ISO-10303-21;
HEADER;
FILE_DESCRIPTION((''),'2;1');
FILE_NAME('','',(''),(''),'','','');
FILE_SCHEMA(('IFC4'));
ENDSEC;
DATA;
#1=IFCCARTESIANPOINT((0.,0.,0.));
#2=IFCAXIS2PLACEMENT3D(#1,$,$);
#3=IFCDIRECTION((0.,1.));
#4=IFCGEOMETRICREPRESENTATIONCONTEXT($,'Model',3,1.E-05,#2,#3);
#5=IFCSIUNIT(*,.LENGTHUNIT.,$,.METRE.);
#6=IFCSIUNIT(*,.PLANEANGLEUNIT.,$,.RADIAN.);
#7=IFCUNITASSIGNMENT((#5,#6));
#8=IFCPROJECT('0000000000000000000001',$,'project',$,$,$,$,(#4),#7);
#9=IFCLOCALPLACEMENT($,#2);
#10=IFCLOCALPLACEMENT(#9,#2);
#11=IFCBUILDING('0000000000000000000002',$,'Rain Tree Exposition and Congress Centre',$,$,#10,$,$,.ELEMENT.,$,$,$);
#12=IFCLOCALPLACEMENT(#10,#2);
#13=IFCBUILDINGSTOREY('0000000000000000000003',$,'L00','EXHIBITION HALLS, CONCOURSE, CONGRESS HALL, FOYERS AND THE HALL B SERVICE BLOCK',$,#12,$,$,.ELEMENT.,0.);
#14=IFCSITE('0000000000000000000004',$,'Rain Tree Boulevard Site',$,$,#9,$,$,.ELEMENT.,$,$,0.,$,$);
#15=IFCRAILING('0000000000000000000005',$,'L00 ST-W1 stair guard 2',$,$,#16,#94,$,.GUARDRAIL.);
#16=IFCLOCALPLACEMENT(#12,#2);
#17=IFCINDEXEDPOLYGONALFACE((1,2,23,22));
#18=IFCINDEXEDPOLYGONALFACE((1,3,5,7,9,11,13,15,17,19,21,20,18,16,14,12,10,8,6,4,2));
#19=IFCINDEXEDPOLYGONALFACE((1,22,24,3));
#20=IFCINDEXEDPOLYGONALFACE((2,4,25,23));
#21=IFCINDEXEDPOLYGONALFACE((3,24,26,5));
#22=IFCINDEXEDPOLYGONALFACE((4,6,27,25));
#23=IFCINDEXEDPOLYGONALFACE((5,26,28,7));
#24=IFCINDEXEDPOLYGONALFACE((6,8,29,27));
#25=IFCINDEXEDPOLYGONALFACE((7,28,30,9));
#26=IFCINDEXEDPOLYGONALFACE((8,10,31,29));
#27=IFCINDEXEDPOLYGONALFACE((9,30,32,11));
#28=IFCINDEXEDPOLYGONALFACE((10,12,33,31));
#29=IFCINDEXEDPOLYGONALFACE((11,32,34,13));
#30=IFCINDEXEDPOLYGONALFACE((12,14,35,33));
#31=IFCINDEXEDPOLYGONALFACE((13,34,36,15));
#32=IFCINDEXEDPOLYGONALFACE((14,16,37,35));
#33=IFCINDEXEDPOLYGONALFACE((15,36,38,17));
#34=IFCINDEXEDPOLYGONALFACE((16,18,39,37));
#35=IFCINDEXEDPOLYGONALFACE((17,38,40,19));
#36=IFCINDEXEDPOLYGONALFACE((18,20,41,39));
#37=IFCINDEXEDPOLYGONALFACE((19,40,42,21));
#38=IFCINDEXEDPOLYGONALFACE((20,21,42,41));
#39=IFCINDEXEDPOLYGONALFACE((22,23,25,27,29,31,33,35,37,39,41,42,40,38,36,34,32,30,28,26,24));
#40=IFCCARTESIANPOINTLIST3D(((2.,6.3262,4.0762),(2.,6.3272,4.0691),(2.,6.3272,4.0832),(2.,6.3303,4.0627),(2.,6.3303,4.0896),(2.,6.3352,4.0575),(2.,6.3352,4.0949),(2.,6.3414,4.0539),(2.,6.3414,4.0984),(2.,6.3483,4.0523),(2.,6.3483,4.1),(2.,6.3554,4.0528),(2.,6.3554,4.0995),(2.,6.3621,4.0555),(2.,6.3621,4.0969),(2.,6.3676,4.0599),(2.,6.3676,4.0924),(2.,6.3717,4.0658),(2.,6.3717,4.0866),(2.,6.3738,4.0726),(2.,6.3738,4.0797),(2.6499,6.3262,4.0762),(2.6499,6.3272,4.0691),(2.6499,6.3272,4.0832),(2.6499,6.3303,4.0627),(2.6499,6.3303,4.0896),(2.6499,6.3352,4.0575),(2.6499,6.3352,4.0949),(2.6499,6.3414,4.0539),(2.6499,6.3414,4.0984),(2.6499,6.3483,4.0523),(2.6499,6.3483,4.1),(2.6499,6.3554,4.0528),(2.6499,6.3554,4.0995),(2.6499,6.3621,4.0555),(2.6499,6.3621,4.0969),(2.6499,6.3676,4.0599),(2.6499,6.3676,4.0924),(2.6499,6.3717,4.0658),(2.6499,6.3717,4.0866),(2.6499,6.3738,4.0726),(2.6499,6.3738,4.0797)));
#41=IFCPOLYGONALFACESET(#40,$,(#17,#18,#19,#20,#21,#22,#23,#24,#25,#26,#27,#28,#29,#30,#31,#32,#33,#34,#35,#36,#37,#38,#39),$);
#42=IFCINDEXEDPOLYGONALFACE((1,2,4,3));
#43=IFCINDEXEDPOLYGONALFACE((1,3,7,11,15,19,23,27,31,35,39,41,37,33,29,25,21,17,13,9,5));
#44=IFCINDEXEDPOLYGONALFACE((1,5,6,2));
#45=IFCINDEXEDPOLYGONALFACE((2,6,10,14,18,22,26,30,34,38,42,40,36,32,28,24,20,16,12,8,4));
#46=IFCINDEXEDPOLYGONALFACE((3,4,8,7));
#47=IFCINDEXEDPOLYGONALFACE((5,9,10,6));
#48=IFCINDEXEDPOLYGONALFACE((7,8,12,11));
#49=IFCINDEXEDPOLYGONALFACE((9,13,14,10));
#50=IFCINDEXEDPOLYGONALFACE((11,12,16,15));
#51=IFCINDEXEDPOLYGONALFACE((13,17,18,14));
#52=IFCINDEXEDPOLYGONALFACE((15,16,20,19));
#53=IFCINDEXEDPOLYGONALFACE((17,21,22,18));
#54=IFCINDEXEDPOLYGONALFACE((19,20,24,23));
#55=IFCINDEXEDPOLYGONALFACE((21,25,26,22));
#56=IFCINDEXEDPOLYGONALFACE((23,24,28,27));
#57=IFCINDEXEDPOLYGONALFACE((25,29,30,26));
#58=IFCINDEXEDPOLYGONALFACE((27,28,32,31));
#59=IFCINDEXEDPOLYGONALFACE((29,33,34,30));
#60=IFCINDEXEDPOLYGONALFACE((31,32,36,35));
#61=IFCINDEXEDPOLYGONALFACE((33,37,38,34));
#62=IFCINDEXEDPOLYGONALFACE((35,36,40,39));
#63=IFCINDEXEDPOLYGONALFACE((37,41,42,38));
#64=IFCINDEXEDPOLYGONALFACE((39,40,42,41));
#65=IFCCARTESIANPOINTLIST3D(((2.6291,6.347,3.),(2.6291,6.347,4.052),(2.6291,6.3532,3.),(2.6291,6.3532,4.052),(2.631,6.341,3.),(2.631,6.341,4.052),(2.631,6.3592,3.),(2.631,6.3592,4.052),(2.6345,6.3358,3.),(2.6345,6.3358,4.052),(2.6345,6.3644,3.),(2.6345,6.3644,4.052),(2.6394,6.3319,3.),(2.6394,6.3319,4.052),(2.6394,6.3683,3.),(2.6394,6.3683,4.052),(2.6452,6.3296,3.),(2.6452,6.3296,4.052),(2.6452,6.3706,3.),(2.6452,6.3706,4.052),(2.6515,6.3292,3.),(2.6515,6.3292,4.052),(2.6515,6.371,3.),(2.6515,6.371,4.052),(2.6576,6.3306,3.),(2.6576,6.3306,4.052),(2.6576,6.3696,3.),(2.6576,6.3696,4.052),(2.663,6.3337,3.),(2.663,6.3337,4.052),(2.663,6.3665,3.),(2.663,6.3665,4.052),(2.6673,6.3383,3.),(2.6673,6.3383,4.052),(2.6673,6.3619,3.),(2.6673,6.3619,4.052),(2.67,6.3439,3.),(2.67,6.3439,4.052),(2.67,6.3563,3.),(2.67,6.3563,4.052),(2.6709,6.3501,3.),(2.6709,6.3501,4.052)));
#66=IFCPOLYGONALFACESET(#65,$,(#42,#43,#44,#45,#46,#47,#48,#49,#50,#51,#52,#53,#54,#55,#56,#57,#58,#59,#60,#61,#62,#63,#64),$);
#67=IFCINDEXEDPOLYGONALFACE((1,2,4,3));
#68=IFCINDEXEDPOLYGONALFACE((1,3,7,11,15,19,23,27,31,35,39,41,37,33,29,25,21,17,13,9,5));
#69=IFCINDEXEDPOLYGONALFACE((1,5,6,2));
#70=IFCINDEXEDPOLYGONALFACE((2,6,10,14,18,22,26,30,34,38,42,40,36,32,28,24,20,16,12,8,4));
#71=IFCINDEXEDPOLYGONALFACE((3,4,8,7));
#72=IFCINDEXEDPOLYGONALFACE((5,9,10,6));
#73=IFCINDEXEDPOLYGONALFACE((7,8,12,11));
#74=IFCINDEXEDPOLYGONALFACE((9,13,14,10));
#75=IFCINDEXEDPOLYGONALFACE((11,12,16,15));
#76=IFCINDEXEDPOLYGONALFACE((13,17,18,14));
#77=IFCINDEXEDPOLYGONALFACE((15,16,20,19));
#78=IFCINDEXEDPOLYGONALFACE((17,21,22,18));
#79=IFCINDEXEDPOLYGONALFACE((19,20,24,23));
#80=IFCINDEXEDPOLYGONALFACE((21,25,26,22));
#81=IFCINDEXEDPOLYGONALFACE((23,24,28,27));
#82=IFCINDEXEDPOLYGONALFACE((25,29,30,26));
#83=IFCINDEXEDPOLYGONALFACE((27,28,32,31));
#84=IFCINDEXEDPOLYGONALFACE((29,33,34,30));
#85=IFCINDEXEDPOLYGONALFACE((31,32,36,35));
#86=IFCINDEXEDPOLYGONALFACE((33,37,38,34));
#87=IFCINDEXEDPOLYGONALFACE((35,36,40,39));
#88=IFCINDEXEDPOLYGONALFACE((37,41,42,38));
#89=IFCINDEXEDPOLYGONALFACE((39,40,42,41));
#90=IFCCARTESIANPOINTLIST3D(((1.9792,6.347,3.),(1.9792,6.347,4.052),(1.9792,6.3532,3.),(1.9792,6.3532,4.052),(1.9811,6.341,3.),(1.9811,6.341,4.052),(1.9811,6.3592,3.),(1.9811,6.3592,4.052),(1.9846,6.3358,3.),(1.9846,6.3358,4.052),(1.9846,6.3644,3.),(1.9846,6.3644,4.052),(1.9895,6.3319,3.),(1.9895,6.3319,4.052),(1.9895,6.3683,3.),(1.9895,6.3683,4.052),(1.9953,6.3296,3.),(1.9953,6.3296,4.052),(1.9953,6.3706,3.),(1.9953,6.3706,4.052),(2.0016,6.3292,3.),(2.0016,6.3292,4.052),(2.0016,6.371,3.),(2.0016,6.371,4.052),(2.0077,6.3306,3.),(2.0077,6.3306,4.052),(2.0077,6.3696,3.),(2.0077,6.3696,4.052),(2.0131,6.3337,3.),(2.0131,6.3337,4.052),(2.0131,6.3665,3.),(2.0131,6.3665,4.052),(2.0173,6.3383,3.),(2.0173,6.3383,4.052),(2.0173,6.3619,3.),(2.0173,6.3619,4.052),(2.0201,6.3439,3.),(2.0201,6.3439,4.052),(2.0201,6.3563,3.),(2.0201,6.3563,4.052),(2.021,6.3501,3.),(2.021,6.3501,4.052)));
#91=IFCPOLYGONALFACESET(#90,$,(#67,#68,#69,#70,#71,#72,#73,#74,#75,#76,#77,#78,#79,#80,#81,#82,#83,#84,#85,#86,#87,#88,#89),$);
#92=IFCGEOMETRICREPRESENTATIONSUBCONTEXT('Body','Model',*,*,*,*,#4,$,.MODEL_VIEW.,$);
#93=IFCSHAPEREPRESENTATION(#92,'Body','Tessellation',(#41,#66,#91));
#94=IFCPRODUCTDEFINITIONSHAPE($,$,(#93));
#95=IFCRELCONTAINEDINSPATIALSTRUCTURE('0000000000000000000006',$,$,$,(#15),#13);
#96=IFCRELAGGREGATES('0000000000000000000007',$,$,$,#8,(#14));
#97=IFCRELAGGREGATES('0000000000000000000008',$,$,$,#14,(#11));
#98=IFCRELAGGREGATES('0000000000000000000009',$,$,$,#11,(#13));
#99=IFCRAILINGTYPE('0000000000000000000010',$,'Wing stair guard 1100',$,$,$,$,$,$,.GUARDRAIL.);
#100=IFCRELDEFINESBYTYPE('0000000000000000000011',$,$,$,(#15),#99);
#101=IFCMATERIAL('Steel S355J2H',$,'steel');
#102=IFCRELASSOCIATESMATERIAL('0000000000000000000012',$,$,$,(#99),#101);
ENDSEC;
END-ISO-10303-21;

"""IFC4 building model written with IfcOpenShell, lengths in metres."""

from ifc_helpers import new_model, si_unit, direction, frame, origin, origin_2d, place, context, subcontext, project, spatial, circle, extrude, material, type_object, element, save


model = new_model("IFC4")

# Units and contexts
model_context = context("Model", 3, precision=1e-05, world=origin(), true_north=direction((0.0, 1.0)))
body_context = subcontext(model_context, "Body", "Model", "MODEL_VIEW")
ifc_project = project(units=[si_unit("LENGTHUNIT", "METRE"), si_unit("PLANEANGLEUNIT", "RADIAN")], contexts=[model_context])

# Site, building, storey
site_placement = place(None, origin())
site = spatial("IfcSite", under=ifc_project, at=site_placement, Name="Rain Tree Boulevard Site", CompositionType="ELEMENT", RefElevation=0.0)
building_placement = place(site_placement, origin())
building = spatial("IfcBuilding", under=site, at=building_placement, Name="Rain Tree Exposition and Congress Centre", CompositionType="ELEMENT")
storey_placement = place(building_placement, origin())
storey = spatial("IfcBuildingStorey", under=building, at=storey_placement, Name="L00", Description="EXHIBITION HALLS, CONCOURSE, CONGRESS HALL, FOYERS AND THE HALL B SERVICE BLOCK", CompositionType="ELEMENT", Elevation=0.0)

# Railing
ifc_material_1 = material(Name="Steel S355J2H", Category="steel")
railing_type_1 = type_object("IfcRailingType", Name="Wing stair guard 1100", PredefinedType="GUARDRAIL", material=ifc_material_1)
railing_1_placement = place(storey_placement, frame((2.6499, 6.3501, 3.0)))
element("IfcRailing", 1, at=railing_1_placement, inside=storey, type_object=railing_type_1, Name="L00 ST-W1 stair guard 2", PredefinedType="GUARDRAIL", context=body_context, shape_type="SweptSolid", body=[
    extrude(circle(Radius=0.0239, at=origin_2d()), frame((0.0, 0.0, 1.0762), z_axis=(-1.0, 0.0, 0.0), x_axis=(0.0, -1.0, 0.0)), (0.0, 0.0, 1.0), 0.6499),
    extrude(circle(Radius=0.021, at=origin_2d()), origin(), (0.0, 0.0, 1.0), 1.052),
    extrude(circle(Radius=0.021, at=origin_2d()), frame((-0.6499, 0.0, 0.0)), (0.0, 0.0, 1.0), 1.052),
])

save(model, "model.ifc")
